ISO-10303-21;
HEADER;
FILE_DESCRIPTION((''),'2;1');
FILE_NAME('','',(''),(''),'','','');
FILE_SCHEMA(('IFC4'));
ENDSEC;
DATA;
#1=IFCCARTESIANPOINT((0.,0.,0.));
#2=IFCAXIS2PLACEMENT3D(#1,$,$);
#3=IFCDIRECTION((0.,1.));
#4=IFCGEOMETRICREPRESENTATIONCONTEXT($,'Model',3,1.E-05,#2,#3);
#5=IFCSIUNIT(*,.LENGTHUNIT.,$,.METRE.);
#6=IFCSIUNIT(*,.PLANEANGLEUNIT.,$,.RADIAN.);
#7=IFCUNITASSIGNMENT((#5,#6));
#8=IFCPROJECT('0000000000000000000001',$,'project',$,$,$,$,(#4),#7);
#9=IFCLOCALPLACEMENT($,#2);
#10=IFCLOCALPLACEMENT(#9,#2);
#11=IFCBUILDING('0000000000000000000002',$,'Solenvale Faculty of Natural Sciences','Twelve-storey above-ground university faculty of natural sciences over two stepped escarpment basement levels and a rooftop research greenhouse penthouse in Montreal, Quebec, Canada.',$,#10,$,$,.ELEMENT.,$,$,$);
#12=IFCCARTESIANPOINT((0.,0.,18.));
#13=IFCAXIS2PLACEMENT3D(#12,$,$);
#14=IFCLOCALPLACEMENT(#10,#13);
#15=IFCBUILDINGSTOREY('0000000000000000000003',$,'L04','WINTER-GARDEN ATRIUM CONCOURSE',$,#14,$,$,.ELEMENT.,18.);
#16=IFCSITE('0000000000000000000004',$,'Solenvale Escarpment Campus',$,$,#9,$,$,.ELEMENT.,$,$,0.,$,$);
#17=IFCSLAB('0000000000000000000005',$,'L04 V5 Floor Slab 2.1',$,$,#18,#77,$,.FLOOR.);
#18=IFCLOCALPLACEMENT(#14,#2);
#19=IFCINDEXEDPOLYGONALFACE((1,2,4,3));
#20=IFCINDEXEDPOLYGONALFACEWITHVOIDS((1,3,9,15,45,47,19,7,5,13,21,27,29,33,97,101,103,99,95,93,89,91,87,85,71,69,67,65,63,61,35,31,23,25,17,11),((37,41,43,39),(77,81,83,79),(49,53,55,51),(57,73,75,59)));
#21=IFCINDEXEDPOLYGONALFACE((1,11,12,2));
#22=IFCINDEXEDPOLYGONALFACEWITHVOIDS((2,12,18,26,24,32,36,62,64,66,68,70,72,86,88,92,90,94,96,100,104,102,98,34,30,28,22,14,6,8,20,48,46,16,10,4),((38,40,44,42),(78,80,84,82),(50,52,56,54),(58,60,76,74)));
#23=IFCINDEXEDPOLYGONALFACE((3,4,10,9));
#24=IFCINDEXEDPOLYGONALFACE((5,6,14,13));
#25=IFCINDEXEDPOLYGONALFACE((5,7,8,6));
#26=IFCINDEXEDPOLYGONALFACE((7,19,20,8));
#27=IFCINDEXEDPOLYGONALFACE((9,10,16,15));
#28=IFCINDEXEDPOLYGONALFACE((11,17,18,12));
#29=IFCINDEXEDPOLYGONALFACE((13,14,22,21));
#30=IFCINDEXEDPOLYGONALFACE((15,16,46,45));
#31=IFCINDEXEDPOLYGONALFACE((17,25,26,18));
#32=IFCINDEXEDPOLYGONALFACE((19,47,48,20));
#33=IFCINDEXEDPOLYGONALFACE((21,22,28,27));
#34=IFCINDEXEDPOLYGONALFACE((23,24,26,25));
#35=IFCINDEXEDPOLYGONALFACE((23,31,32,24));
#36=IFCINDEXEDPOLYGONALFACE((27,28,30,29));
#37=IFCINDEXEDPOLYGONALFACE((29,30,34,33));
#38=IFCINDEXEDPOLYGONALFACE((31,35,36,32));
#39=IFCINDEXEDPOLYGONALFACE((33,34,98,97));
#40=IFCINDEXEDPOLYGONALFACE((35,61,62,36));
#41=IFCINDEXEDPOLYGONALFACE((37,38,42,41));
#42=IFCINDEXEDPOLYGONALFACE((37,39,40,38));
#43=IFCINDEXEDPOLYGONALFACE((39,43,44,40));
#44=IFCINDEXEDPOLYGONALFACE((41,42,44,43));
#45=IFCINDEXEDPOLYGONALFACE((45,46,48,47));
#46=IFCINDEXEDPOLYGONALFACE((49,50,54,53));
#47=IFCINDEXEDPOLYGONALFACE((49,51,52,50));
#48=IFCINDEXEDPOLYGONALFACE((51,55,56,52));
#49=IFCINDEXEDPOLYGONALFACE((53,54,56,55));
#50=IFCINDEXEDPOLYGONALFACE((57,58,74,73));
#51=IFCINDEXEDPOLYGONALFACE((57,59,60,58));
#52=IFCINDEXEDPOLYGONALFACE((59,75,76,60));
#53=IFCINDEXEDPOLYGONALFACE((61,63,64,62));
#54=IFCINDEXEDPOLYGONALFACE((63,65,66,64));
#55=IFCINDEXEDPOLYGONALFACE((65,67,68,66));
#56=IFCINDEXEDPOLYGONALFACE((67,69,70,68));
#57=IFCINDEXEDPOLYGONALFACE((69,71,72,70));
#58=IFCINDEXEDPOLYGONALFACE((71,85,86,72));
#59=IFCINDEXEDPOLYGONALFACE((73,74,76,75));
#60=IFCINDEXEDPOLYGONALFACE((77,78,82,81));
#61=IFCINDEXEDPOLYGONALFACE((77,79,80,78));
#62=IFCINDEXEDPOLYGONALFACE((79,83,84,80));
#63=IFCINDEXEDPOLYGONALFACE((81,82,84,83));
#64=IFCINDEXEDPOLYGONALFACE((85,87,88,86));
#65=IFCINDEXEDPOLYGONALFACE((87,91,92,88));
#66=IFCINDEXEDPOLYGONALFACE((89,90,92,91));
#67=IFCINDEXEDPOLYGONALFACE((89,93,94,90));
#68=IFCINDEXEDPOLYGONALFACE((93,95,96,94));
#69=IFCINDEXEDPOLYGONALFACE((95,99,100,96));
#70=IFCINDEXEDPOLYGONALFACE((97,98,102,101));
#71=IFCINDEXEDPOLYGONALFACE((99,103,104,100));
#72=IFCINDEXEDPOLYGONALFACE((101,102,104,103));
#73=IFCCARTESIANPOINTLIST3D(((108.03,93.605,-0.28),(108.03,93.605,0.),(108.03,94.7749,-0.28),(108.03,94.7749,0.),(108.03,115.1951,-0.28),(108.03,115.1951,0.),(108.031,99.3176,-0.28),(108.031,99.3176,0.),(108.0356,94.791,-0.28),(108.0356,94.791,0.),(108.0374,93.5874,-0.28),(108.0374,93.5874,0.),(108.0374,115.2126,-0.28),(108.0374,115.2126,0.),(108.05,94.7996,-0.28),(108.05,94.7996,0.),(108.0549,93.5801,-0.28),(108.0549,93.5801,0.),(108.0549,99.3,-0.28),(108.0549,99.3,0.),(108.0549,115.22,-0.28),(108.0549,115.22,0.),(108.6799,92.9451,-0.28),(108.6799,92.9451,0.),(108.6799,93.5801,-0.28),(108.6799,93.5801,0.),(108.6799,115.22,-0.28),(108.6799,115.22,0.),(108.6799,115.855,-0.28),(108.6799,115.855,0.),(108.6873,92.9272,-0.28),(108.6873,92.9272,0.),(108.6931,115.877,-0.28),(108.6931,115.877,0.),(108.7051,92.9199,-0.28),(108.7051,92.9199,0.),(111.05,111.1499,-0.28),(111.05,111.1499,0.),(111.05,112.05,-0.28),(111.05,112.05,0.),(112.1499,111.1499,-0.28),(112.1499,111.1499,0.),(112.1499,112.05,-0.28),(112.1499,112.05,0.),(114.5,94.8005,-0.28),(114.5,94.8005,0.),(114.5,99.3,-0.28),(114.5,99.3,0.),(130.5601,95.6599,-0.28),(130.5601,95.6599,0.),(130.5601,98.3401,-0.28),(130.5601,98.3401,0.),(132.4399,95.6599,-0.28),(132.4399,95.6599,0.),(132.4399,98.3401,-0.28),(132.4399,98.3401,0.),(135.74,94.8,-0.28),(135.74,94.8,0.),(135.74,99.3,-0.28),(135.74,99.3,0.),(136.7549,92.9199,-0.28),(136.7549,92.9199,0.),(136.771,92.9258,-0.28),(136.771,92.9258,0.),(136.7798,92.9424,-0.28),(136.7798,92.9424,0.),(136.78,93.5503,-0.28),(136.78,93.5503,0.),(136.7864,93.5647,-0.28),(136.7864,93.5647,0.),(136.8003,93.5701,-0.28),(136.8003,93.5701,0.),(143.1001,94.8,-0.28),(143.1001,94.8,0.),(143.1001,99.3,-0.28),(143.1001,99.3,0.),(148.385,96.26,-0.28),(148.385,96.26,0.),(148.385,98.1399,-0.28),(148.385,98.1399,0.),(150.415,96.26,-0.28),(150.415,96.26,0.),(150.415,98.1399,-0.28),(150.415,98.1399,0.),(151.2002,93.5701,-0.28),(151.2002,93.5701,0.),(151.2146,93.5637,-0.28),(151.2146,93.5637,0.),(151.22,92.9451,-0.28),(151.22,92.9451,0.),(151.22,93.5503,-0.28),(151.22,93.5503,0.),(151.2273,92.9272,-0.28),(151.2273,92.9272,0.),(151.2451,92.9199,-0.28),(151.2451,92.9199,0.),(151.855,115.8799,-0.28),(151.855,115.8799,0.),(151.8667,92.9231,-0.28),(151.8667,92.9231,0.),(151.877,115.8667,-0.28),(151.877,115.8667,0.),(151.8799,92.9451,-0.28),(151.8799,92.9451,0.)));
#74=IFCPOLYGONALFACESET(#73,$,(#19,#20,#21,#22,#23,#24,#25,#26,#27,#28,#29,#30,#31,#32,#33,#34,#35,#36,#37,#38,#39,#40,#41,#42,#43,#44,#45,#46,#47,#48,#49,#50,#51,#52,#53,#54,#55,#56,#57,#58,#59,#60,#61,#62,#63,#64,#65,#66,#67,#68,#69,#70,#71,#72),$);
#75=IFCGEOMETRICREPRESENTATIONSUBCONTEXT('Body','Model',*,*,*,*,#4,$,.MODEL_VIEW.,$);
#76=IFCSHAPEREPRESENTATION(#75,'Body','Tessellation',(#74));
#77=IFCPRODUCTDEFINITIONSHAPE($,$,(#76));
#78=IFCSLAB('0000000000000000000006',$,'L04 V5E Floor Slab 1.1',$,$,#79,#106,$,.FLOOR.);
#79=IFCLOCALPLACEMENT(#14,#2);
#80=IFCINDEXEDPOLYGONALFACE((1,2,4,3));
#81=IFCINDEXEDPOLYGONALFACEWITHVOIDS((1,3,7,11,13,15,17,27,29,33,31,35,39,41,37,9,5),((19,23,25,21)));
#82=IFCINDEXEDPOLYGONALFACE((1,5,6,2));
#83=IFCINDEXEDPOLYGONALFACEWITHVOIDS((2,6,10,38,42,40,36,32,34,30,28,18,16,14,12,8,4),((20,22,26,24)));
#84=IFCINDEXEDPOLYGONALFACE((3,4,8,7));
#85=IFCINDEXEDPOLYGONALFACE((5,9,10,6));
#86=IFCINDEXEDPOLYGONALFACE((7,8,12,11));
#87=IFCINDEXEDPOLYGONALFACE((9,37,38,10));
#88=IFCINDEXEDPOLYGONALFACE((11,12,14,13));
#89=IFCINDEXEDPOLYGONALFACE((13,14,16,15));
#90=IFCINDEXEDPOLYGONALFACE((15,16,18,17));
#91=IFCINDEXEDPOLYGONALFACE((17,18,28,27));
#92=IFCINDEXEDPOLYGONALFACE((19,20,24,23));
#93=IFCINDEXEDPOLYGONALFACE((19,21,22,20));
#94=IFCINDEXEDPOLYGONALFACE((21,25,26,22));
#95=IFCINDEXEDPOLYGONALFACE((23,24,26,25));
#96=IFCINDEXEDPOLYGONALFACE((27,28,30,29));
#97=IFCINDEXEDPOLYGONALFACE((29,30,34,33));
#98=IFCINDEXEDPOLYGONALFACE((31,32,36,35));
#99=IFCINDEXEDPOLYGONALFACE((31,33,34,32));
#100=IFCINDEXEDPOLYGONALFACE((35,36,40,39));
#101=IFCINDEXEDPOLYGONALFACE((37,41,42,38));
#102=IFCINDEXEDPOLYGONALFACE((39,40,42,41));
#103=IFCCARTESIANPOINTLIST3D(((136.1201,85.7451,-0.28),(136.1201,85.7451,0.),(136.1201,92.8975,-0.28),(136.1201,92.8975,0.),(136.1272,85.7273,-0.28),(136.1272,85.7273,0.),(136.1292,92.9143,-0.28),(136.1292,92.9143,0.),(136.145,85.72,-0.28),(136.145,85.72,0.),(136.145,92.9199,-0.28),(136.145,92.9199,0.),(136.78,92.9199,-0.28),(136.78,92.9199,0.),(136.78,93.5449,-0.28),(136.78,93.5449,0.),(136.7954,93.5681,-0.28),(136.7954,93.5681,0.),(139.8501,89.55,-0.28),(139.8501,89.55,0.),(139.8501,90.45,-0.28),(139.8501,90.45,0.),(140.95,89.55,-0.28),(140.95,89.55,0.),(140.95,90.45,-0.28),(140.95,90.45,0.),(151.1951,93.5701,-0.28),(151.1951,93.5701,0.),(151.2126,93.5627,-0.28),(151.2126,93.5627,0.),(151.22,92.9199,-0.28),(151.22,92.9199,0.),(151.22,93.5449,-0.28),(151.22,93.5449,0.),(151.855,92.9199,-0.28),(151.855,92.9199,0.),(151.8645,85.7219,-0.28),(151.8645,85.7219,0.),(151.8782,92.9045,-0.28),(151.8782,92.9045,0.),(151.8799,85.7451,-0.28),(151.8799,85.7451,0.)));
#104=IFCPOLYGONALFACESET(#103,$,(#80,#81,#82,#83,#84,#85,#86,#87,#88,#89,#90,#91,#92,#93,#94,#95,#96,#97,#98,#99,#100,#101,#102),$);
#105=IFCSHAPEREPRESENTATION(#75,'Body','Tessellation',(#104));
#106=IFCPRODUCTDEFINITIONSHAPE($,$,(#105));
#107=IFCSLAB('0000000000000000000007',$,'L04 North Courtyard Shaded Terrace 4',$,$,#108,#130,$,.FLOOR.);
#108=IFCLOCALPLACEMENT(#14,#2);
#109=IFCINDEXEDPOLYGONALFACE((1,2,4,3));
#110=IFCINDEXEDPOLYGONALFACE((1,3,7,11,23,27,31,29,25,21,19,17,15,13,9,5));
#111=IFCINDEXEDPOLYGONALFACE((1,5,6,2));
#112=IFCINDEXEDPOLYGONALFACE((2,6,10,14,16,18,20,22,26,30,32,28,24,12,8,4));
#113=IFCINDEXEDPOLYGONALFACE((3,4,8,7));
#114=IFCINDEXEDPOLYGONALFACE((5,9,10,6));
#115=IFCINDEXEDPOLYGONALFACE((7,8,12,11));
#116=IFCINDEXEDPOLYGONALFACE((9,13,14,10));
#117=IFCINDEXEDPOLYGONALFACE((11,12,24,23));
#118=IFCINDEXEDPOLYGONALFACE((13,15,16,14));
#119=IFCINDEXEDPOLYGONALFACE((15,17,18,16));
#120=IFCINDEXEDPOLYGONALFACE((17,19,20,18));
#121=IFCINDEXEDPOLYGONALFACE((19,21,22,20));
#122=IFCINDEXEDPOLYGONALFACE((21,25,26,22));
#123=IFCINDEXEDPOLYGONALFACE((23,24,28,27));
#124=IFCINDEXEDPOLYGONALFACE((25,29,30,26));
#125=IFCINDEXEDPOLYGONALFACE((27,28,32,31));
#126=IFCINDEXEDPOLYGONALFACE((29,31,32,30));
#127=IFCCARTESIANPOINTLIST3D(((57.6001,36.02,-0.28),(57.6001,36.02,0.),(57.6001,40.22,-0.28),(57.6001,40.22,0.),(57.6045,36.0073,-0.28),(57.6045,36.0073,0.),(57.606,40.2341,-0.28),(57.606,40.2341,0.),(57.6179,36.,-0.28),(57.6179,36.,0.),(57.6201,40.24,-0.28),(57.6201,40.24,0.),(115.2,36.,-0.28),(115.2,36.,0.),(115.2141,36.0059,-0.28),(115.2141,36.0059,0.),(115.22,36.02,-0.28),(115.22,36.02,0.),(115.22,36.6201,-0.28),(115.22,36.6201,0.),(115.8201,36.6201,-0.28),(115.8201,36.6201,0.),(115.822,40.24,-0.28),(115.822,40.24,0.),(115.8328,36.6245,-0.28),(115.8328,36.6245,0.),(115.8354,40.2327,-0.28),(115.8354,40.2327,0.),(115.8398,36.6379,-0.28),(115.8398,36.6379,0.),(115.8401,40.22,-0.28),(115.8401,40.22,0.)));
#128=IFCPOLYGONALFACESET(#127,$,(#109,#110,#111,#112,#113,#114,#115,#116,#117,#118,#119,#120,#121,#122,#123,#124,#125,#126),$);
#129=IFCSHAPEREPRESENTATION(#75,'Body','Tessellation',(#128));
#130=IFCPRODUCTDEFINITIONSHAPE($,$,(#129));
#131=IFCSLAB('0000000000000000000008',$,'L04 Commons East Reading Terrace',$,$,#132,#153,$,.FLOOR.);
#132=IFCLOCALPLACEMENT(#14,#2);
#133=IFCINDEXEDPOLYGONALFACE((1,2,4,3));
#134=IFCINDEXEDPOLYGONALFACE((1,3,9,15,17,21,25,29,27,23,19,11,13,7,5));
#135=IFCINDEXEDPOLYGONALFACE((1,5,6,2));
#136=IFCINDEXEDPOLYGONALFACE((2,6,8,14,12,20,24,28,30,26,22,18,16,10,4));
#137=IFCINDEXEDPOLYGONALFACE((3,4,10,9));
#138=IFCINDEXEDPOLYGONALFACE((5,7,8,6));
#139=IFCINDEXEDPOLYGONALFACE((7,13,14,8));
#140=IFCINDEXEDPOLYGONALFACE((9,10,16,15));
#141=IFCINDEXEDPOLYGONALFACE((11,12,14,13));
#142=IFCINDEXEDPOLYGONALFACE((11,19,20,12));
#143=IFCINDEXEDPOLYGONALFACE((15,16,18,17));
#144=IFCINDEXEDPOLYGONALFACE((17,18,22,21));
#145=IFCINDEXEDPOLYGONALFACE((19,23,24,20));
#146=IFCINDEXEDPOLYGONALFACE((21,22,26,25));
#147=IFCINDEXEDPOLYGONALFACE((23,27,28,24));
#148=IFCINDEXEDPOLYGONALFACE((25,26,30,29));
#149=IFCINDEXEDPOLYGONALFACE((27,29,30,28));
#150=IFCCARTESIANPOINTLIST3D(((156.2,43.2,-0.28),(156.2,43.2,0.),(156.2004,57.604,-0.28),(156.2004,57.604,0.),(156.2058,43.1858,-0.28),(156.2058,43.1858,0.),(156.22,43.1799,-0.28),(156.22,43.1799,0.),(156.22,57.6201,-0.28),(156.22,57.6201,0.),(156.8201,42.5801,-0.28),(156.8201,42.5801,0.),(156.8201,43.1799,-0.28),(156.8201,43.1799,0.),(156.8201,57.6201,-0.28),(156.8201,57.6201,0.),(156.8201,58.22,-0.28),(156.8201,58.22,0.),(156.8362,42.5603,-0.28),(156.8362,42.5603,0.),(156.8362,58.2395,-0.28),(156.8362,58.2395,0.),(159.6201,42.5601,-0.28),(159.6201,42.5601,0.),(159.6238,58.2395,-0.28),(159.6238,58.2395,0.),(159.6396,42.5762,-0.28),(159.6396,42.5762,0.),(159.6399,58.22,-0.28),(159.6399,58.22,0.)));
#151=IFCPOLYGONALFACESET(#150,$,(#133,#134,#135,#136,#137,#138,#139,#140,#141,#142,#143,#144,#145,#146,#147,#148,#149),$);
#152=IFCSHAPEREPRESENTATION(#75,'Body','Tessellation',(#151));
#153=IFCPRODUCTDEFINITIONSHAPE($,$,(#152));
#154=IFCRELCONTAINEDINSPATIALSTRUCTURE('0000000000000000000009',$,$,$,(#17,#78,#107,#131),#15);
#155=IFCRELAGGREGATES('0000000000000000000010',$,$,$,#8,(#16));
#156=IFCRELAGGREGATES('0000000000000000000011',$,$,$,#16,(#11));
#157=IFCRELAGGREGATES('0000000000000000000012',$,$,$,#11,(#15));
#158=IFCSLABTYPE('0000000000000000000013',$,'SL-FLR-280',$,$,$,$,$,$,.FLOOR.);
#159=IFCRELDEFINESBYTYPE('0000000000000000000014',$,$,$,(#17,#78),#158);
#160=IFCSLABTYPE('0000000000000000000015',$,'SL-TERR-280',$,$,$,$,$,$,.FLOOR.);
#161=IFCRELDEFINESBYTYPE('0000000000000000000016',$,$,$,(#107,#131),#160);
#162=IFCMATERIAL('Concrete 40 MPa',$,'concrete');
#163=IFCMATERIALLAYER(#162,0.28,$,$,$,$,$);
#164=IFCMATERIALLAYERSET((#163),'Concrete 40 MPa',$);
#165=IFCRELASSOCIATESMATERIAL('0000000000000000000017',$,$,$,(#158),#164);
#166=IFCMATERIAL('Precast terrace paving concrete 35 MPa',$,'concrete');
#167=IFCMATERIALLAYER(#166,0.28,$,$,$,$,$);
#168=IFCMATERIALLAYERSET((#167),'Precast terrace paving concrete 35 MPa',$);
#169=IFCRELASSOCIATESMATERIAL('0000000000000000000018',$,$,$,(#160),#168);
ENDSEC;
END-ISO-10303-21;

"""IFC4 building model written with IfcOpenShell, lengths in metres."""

from ifc_helpers import new_model, si_unit, direction, frame, origin, place, context, subcontext, project, spatial, polyline, outline, extrude, material, layer, layer_set, type_object, element, save


model = new_model("IFC4")

# Units and contexts
model_context = context("Model", 3, precision=1e-05, world=origin(), true_north=direction((0.0, 1.0)))
body_context = subcontext(model_context, "Body", "Model", "MODEL_VIEW")
ifc_project = project(units=[si_unit("LENGTHUNIT", "METRE"), si_unit("PLANEANGLEUNIT", "RADIAN")], contexts=[model_context])

# Site, building, storey
site_placement = place(None, origin())
site = spatial("IfcSite", under=ifc_project, at=site_placement, Name="Solenvale Escarpment Campus", CompositionType="ELEMENT", RefElevation=0.0)
building_placement = place(site_placement, origin())
building = spatial("IfcBuilding", under=site, at=building_placement, Name="Solenvale Faculty of Natural Sciences", Description="Twelve-storey above-ground university faculty of natural sciences over two stepped escarpment basement levels and a rooftop research greenhouse penthouse in Montreal, Quebec, Canada.", CompositionType="ELEMENT")
storey_placement = place(building_placement, frame((0.0, 0.0, 18.0)))
storey = spatial("IfcBuildingStorey", under=building, at=storey_placement, Name="L04", Description="WINTER-GARDEN ATRIUM CONCOURSE", CompositionType="ELEMENT", Elevation=18.0)

# Slabs
ifc_material_1 = material(Name="Concrete 40 MPa", Category="concrete")
ifc_layer_1 = layer(ifc_material_1, 0.28)
ifc_layer_set_1 = layer_set([ifc_layer_1], Name="Concrete 40 MPa")
slab_type_1 = type_object("IfcSlabType", Name="SL-FLR-280", PredefinedType="FLOOR", material=ifc_layer_set_1)
slab_1_placement = place(storey_placement, frame((0.0, 0.0, -0.28)))
element("IfcSlab", 1, at=slab_1_placement, inside=storey, type_object=slab_type_1, Name="L04 V5 Floor Slab 2.1", PredefinedType="FLOOR", context=body_context, shape_type="SweptSolid", body=[
    extrude(outline(polyline([(108.0549, 93.5801), (108.0374, 93.5874), (108.03, 93.605), (108.03, 94.7749), (108.0356, 94.791), (108.05, 94.7996), (114.5, 94.8005), (114.5, 99.3), (108.0549, 99.3), (108.031, 99.3176), (108.03, 115.1951), (108.0374, 115.2126), (108.0549, 115.22), (108.6799, 115.22), (108.6799, 115.855), (108.6931, 115.877), (151.855, 115.8799), (151.877, 115.8667), (151.8799, 92.9451), (151.8667, 92.9231), (151.2451, 92.9199), (151.2273, 92.9272), (151.22, 92.9451), (151.22, 93.5503), (151.2146, 93.5637), (151.2002, 93.5701), (136.8003, 93.5701), (136.7864, 93.5647), (136.78, 93.5503), (136.7798, 92.9424), (136.771, 92.9258), (136.7549, 92.9199), (108.7051, 92.9199), (108.6873, 92.9272), (108.6799, 92.9451), (108.6799, 93.5801), (108.0549, 93.5801)]), holes=[polyline([(148.385, 96.26), (150.415, 96.26), (150.415, 98.1399), (148.385, 98.1399), (148.385, 96.26)]), polyline([(135.74, 94.8), (143.1001, 94.8), (143.1001, 99.3), (135.74, 99.3), (135.74, 94.8)]), polyline([(130.5601, 95.6599), (132.4399, 95.6599), (132.4399, 98.3401), (130.5601, 98.3401), (130.5601, 95.6599)]), polyline([(111.05, 111.1499), (112.1499, 111.1499), (112.1499, 112.05), (111.05, 112.05), (111.05, 111.1499)])]), origin(), (0.0, 0.0, 1.0), 0.28),
])
slab_2_placement = place(storey_placement, frame((0.0, 0.0, -0.28)))
element("IfcSlab", 2, at=slab_2_placement, inside=storey, type_object=slab_type_1, Name="L04 V5E Floor Slab 1.1", PredefinedType="FLOOR", context=body_context, shape_type="SweptSolid", body=[
    extrude(outline(polyline([(136.145, 85.72), (136.1272, 85.7273), (136.1201, 85.7451), (136.1201, 92.8975), (136.1292, 92.9143), (136.145, 92.9199), (136.78, 92.9199), (136.78, 93.5449), (136.7954, 93.5681), (151.1951, 93.5701), (151.2126, 93.5627), (151.22, 93.5449), (151.22, 92.9199), (151.855, 92.9199), (151.8782, 92.9045), (151.8799, 85.7451), (151.8645, 85.7219), (136.145, 85.72)]), holes=[polyline([(139.8501, 89.55), (140.95, 89.55), (140.95, 90.45), (139.8501, 90.45), (139.8501, 89.55)])]), origin(), (0.0, 0.0, 1.0), 0.28),
])
ifc_material_2 = material(Name="Precast terrace paving concrete 35 MPa", Category="concrete")
ifc_layer_2 = layer(ifc_material_2, 0.28)
ifc_layer_set_2 = layer_set([ifc_layer_2], Name="Precast terrace paving concrete 35 MPa")
slab_type_2 = type_object("IfcSlabType", Name="SL-TERR-280", PredefinedType="FLOOR", material=ifc_layer_set_2)
slab_3_placement = place(storey_placement, frame((0.0, 0.0, -0.28)))
element("IfcSlab", 3, at=slab_3_placement, inside=storey, type_object=slab_type_2, Name="L04 North Courtyard Shaded Terrace 4", PredefinedType="FLOOR", context=body_context, shape_type="SweptSolid", body=[
    extrude(outline(polyline([(57.6001, 40.22), (57.606, 40.2341), (57.6201, 40.24), (115.822, 40.24), (115.8354, 40.2327), (115.8401, 40.22), (115.8398, 36.6379), (115.8328, 36.6245), (115.8201, 36.6201), (115.22, 36.6201), (115.22, 36.02), (115.2141, 36.0059), (115.2, 36.0), (57.6179, 36.0), (57.6045, 36.0073), (57.6001, 36.02), (57.6001, 40.22)])), origin(), (0.0, 0.0, 1.0), 0.28),
])
slab_4_placement = place(storey_placement, frame((0.0, 0.0, -0.28)))
element("IfcSlab", 4, at=slab_4_placement, inside=storey, type_object=slab_type_2, Name="L04 Commons East Reading Terrace", PredefinedType="FLOOR", context=body_context, shape_type="SweptSolid", body=[
    extrude(outline(polyline([(156.22, 43.1799), (156.2058, 43.1858), (156.2, 43.2), (156.2004, 57.604), (156.22, 57.6201), (156.8201, 57.6201), (156.8201, 58.22), (156.8362, 58.2395), (159.6238, 58.2395), (159.6399, 58.22), (159.6396, 42.5762), (159.6201, 42.5601), (156.8362, 42.5603), (156.8201, 42.5801), (156.8201, 43.1799), (156.22, 43.1799)])), origin(), (0.0, 0.0, 1.0), 0.28),
])

save(model, "model.ifc")
